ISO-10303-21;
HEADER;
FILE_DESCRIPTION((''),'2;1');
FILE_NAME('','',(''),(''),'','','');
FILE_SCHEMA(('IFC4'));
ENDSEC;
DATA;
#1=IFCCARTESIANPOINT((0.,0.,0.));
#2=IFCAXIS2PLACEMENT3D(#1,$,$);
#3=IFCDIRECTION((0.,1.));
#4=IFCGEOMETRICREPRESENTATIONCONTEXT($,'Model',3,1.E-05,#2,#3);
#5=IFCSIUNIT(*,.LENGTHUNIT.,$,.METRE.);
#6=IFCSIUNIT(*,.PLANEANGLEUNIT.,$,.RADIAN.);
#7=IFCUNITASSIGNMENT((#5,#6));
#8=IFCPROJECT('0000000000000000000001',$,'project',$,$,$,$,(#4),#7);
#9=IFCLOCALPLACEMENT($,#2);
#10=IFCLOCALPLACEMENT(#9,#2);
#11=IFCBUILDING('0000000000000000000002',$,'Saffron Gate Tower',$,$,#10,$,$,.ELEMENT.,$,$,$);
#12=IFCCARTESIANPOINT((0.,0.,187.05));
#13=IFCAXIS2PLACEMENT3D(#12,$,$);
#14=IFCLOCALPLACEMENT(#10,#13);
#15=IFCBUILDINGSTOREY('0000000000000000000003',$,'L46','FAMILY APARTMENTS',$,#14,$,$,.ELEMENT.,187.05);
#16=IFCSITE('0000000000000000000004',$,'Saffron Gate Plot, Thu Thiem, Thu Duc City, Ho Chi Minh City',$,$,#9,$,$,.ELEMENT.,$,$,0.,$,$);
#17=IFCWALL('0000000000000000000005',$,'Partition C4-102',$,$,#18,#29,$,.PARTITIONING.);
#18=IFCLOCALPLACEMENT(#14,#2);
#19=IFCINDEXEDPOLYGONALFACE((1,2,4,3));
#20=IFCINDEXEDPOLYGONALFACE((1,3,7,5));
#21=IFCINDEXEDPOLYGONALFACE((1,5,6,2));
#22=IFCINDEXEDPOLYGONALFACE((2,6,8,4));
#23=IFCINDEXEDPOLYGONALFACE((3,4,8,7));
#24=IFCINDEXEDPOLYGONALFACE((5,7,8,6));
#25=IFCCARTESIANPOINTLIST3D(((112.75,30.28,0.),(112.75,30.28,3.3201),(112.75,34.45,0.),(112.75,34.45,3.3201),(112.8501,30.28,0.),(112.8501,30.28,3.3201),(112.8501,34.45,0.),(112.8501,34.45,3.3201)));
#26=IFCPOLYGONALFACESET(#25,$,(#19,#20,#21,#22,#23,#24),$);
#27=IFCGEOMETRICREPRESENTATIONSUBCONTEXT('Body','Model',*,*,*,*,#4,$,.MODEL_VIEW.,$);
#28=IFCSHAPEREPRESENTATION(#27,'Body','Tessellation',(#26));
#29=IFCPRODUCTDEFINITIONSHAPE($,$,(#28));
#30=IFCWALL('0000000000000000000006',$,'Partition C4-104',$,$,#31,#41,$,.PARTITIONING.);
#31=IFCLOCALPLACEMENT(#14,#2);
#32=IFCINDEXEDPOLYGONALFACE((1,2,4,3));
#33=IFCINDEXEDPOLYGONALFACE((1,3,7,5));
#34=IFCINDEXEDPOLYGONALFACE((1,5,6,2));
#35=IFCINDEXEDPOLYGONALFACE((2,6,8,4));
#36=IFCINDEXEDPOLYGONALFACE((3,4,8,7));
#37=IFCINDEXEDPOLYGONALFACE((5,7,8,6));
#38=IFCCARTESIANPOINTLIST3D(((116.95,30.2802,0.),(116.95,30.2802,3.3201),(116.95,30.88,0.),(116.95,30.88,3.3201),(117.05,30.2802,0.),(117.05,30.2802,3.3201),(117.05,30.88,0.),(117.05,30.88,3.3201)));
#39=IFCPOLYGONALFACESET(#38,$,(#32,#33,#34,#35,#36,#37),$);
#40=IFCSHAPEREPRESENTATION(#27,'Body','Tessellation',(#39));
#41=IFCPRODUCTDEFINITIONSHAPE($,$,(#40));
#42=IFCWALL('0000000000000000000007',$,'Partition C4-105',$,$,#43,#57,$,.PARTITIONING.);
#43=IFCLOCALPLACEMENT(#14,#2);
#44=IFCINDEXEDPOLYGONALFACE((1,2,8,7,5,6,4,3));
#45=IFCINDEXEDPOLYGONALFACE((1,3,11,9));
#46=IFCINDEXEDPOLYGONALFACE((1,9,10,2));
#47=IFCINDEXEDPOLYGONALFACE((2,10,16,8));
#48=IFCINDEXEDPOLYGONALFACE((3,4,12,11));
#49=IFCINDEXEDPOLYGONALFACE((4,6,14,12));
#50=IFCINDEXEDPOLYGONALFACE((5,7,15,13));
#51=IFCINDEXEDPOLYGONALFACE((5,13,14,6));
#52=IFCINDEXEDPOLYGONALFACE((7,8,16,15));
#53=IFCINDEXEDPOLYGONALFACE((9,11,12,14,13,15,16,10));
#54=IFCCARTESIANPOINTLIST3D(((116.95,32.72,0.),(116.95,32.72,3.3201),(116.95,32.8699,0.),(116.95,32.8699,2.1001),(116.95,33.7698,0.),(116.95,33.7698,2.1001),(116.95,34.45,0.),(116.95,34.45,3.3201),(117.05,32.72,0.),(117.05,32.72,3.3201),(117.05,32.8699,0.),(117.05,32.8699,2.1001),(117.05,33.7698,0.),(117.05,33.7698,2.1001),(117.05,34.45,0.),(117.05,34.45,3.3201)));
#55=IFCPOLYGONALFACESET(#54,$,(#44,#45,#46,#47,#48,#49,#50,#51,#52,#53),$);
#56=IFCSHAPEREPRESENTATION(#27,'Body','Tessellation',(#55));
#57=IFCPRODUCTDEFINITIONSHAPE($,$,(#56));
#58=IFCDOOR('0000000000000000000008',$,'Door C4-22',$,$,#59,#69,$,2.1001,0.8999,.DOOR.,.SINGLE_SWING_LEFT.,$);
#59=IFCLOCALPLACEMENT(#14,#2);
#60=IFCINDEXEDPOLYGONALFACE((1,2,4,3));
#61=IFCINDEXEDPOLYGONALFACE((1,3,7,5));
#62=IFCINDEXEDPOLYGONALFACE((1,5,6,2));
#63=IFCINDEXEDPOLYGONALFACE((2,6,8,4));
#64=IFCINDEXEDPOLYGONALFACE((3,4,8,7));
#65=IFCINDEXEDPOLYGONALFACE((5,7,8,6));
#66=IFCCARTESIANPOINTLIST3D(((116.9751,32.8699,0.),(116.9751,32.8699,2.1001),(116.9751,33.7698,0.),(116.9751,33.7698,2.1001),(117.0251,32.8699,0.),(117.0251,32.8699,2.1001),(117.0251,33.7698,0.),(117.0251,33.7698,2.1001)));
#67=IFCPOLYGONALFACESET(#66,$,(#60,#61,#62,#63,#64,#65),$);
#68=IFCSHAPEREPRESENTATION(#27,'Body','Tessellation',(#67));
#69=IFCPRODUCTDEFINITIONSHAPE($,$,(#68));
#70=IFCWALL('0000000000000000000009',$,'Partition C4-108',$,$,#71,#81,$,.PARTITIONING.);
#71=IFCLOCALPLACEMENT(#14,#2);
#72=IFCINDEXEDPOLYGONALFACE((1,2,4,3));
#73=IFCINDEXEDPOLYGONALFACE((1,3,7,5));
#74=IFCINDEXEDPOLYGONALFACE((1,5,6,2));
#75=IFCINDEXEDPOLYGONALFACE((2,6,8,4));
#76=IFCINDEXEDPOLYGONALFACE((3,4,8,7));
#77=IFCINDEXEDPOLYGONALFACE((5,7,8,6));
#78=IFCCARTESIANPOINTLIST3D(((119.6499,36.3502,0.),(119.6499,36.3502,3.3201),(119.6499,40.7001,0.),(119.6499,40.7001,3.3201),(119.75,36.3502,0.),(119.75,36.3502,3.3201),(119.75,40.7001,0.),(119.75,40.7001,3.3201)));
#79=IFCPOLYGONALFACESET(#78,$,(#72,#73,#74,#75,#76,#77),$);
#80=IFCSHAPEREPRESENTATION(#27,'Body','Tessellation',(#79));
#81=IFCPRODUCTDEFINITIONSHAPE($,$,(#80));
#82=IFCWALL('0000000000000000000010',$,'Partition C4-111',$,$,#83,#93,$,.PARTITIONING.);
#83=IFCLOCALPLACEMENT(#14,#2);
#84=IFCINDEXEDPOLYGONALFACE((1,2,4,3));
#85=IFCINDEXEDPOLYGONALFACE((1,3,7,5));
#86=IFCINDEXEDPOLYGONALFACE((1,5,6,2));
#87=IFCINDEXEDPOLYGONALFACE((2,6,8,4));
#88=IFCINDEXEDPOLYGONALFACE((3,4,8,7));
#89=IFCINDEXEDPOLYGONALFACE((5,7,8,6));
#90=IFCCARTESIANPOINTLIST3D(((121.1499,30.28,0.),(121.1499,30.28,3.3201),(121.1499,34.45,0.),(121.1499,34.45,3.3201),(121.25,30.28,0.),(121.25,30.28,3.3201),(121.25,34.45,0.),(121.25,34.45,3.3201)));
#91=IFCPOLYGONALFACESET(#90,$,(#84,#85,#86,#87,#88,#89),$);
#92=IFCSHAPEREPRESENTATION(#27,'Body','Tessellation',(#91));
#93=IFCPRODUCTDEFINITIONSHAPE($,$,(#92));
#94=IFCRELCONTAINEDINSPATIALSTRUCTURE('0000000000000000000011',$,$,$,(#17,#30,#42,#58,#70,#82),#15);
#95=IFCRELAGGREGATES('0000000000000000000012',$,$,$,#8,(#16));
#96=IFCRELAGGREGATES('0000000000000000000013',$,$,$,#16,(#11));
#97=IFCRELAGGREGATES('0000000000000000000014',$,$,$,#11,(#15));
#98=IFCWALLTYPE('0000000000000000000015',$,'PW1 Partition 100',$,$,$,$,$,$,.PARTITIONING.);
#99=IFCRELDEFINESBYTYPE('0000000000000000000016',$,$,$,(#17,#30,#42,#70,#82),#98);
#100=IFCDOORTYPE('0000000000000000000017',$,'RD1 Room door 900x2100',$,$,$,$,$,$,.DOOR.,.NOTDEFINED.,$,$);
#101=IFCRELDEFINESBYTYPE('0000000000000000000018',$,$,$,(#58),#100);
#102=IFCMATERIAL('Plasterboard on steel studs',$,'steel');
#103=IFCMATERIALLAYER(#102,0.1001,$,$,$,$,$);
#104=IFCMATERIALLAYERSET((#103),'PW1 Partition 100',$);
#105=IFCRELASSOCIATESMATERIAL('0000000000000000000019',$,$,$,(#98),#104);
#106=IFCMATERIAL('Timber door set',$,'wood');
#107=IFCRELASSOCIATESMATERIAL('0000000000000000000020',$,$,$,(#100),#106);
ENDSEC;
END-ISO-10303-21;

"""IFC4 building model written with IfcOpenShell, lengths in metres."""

from ifc_helpers import new_model, si_unit, direction, frame, frame_2d, origin, place, context, subcontext, project, spatial, rectangle, extrude, material, layer, layer_set, type_object, element, fill, save


model = new_model("IFC4")

# Units and contexts
model_context = context("Model", 3, precision=1e-05, world=origin(), true_north=direction((0.0, 1.0)))
body_context = subcontext(model_context, "Body", "Model", "MODEL_VIEW")
ifc_project = project(units=[si_unit("LENGTHUNIT", "METRE"), si_unit("PLANEANGLEUNIT", "RADIAN")], contexts=[model_context])

# Site, building, storey
site_placement = place(None, origin())
site = spatial("IfcSite", under=ifc_project, at=site_placement, Name="Saffron Gate Plot, Thu Thiem, Thu Duc City, Ho Chi Minh City", CompositionType="ELEMENT", RefElevation=0.0)
building_placement = place(site_placement, origin())
building = spatial("IfcBuilding", under=site, at=building_placement, Name="Saffron Gate Tower", CompositionType="ELEMENT")
storey_placement = place(building_placement, frame((0.0, 0.0, 187.05)))
storey = spatial("IfcBuildingStorey", under=building, at=storey_placement, Name="L46", Description="FAMILY APARTMENTS", CompositionType="ELEMENT", Elevation=187.05)

# Shared definitions
ifc_material_1 = material(Name="Plasterboard on steel studs", Category="steel")
ifc_layer = layer(ifc_material_1, 0.1001)
ifc_layer_set = layer_set([ifc_layer], Name="PW1 Partition 100")
wall_type = type_object("IfcWallType", Name="PW1 Partition 100", PredefinedType="PARTITIONING", material=ifc_layer_set)
ifc_material_2 = material(Name="Timber door set", Category="wood")
door_type = type_object("IfcDoorType", Name="RD1 Room door 900x2100", OperationType="NOTDEFINED", PredefinedType="DOOR", material=ifc_material_2)

# Walls
wall_1_placement = place(storey_placement, frame((112.8, 34.45, 0.0), z_axis=(0.0, 0.0, 1.0), x_axis=(0.0, -1.0, 0.0)))
element("IfcWall", 1, at=wall_1_placement, inside=storey, type_object=wall_type, Name="Partition C4-102", PredefinedType="PARTITIONING", context=body_context, shape_type="SweptSolid", body=[
    extrude(rectangle(XDim=4.1699, YDim=0.1001, at=frame_2d((2.085, 0.0))), origin(), (0.0, 0.0, 1.0), 3.3201),
])
wall_2_placement = place(storey_placement, frame((117.0, 30.8799, 0.0), z_axis=(0.0, 0.0, 1.0), x_axis=(0.0, -1.0, 0.0)))
element("IfcWall", 2, at=wall_2_placement, inside=storey, type_object=wall_type, Name="Partition C4-104", PredefinedType="PARTITIONING", context=body_context, shape_type="SweptSolid", body=[
    extrude(rectangle(XDim=0.5999, YDim=0.1001, at=frame_2d((0.2998, 0.0))), origin(), (0.0, 0.0, 1.0), 3.3201),
])

# Wall, opening, door
wall_3_placement = place(storey_placement, frame((117.0, 32.72, 0.0), z_axis=(0.0, 0.0, 1.0), x_axis=(0.0, 1.0, 0.0)))
wall_3 = element("IfcWall", 3, at=wall_3_placement, inside=storey, type_object=wall_type, Name="Partition C4-105", PredefinedType="PARTITIONING", context=body_context, shape_type="SweptSolid", body=[
    extrude(rectangle(XDim=1.73, YDim=0.1001, at=frame_2d((0.865, 0.0))), origin(), (0.0, 0.0, 1.0), 3.3201),
])
opening_1_placement = place(wall_3_placement, frame((0.1499, 0.0, 0.0)))
opening_1 = element("IfcOpeningElement", 4, at=opening_1_placement, cuts=wall_3, PredefinedType="OPENING", context=body_context, shape_type="SweptSolid", body=[
    extrude(rectangle(XDim=0.8999, YDim=2.1001, at=frame_2d((0.45, 1.05))), frame((0.0, 0.0601, 0.0), z_axis=(0.0, -1.0, 0.0), x_axis=(1.0, 0.0, 0.0)), (0.0, 0.0, 1.0), 0.1201),
])
door_1_placement = place(opening_1_placement, origin())
door_1 = element("IfcDoor", 5, at=door_1_placement, inside=storey, type_object=door_type, Name="Door C4-22", OperationType="SINGLE_SWING_LEFT", OverallHeight=2.1001, OverallWidth=0.8999, PredefinedType="DOOR", context=body_context, shape_type="SweptSolid", body=[
    extrude(rectangle(XDim=0.8999, YDim=2.1001, at=frame_2d((0.45, 1.05))), frame((0.0, 0.0249, 0.0), z_axis=(0.0, -1.0, 0.0), x_axis=(1.0, 0.0, 0.0)), (0.0, 0.0, 1.0), 0.05),
])
fill(opening_1, door_1)

# Walls
wall_4_placement = place(storey_placement, frame((119.7, 40.7, 0.0), z_axis=(0.0, 0.0, 1.0), x_axis=(0.0, -1.0, 0.0)))
element("IfcWall", 6, at=wall_4_placement, inside=storey, type_object=wall_type, Name="Partition C4-108", PredefinedType="PARTITIONING", context=body_context, shape_type="SweptSolid", body=[
    extrude(rectangle(XDim=4.3499, YDim=0.1001, at=frame_2d((2.1748, 0.0))), origin(), (0.0, 0.0, 1.0), 3.3201),
])
wall_5_placement = place(storey_placement, frame((121.2, 34.45, 0.0), z_axis=(0.0, 0.0, 1.0), x_axis=(0.0, -1.0, 0.0)))
element("IfcWall", 7, at=wall_5_placement, inside=storey, type_object=wall_type, Name="Partition C4-111", PredefinedType="PARTITIONING", context=body_context, shape_type="SweptSolid", body=[
    extrude(rectangle(XDim=4.1699, YDim=0.1001, at=frame_2d((2.085, 0.0))), origin(), (0.0, 0.0, 1.0), 3.3201),
])

save(model, "model.ifc")
